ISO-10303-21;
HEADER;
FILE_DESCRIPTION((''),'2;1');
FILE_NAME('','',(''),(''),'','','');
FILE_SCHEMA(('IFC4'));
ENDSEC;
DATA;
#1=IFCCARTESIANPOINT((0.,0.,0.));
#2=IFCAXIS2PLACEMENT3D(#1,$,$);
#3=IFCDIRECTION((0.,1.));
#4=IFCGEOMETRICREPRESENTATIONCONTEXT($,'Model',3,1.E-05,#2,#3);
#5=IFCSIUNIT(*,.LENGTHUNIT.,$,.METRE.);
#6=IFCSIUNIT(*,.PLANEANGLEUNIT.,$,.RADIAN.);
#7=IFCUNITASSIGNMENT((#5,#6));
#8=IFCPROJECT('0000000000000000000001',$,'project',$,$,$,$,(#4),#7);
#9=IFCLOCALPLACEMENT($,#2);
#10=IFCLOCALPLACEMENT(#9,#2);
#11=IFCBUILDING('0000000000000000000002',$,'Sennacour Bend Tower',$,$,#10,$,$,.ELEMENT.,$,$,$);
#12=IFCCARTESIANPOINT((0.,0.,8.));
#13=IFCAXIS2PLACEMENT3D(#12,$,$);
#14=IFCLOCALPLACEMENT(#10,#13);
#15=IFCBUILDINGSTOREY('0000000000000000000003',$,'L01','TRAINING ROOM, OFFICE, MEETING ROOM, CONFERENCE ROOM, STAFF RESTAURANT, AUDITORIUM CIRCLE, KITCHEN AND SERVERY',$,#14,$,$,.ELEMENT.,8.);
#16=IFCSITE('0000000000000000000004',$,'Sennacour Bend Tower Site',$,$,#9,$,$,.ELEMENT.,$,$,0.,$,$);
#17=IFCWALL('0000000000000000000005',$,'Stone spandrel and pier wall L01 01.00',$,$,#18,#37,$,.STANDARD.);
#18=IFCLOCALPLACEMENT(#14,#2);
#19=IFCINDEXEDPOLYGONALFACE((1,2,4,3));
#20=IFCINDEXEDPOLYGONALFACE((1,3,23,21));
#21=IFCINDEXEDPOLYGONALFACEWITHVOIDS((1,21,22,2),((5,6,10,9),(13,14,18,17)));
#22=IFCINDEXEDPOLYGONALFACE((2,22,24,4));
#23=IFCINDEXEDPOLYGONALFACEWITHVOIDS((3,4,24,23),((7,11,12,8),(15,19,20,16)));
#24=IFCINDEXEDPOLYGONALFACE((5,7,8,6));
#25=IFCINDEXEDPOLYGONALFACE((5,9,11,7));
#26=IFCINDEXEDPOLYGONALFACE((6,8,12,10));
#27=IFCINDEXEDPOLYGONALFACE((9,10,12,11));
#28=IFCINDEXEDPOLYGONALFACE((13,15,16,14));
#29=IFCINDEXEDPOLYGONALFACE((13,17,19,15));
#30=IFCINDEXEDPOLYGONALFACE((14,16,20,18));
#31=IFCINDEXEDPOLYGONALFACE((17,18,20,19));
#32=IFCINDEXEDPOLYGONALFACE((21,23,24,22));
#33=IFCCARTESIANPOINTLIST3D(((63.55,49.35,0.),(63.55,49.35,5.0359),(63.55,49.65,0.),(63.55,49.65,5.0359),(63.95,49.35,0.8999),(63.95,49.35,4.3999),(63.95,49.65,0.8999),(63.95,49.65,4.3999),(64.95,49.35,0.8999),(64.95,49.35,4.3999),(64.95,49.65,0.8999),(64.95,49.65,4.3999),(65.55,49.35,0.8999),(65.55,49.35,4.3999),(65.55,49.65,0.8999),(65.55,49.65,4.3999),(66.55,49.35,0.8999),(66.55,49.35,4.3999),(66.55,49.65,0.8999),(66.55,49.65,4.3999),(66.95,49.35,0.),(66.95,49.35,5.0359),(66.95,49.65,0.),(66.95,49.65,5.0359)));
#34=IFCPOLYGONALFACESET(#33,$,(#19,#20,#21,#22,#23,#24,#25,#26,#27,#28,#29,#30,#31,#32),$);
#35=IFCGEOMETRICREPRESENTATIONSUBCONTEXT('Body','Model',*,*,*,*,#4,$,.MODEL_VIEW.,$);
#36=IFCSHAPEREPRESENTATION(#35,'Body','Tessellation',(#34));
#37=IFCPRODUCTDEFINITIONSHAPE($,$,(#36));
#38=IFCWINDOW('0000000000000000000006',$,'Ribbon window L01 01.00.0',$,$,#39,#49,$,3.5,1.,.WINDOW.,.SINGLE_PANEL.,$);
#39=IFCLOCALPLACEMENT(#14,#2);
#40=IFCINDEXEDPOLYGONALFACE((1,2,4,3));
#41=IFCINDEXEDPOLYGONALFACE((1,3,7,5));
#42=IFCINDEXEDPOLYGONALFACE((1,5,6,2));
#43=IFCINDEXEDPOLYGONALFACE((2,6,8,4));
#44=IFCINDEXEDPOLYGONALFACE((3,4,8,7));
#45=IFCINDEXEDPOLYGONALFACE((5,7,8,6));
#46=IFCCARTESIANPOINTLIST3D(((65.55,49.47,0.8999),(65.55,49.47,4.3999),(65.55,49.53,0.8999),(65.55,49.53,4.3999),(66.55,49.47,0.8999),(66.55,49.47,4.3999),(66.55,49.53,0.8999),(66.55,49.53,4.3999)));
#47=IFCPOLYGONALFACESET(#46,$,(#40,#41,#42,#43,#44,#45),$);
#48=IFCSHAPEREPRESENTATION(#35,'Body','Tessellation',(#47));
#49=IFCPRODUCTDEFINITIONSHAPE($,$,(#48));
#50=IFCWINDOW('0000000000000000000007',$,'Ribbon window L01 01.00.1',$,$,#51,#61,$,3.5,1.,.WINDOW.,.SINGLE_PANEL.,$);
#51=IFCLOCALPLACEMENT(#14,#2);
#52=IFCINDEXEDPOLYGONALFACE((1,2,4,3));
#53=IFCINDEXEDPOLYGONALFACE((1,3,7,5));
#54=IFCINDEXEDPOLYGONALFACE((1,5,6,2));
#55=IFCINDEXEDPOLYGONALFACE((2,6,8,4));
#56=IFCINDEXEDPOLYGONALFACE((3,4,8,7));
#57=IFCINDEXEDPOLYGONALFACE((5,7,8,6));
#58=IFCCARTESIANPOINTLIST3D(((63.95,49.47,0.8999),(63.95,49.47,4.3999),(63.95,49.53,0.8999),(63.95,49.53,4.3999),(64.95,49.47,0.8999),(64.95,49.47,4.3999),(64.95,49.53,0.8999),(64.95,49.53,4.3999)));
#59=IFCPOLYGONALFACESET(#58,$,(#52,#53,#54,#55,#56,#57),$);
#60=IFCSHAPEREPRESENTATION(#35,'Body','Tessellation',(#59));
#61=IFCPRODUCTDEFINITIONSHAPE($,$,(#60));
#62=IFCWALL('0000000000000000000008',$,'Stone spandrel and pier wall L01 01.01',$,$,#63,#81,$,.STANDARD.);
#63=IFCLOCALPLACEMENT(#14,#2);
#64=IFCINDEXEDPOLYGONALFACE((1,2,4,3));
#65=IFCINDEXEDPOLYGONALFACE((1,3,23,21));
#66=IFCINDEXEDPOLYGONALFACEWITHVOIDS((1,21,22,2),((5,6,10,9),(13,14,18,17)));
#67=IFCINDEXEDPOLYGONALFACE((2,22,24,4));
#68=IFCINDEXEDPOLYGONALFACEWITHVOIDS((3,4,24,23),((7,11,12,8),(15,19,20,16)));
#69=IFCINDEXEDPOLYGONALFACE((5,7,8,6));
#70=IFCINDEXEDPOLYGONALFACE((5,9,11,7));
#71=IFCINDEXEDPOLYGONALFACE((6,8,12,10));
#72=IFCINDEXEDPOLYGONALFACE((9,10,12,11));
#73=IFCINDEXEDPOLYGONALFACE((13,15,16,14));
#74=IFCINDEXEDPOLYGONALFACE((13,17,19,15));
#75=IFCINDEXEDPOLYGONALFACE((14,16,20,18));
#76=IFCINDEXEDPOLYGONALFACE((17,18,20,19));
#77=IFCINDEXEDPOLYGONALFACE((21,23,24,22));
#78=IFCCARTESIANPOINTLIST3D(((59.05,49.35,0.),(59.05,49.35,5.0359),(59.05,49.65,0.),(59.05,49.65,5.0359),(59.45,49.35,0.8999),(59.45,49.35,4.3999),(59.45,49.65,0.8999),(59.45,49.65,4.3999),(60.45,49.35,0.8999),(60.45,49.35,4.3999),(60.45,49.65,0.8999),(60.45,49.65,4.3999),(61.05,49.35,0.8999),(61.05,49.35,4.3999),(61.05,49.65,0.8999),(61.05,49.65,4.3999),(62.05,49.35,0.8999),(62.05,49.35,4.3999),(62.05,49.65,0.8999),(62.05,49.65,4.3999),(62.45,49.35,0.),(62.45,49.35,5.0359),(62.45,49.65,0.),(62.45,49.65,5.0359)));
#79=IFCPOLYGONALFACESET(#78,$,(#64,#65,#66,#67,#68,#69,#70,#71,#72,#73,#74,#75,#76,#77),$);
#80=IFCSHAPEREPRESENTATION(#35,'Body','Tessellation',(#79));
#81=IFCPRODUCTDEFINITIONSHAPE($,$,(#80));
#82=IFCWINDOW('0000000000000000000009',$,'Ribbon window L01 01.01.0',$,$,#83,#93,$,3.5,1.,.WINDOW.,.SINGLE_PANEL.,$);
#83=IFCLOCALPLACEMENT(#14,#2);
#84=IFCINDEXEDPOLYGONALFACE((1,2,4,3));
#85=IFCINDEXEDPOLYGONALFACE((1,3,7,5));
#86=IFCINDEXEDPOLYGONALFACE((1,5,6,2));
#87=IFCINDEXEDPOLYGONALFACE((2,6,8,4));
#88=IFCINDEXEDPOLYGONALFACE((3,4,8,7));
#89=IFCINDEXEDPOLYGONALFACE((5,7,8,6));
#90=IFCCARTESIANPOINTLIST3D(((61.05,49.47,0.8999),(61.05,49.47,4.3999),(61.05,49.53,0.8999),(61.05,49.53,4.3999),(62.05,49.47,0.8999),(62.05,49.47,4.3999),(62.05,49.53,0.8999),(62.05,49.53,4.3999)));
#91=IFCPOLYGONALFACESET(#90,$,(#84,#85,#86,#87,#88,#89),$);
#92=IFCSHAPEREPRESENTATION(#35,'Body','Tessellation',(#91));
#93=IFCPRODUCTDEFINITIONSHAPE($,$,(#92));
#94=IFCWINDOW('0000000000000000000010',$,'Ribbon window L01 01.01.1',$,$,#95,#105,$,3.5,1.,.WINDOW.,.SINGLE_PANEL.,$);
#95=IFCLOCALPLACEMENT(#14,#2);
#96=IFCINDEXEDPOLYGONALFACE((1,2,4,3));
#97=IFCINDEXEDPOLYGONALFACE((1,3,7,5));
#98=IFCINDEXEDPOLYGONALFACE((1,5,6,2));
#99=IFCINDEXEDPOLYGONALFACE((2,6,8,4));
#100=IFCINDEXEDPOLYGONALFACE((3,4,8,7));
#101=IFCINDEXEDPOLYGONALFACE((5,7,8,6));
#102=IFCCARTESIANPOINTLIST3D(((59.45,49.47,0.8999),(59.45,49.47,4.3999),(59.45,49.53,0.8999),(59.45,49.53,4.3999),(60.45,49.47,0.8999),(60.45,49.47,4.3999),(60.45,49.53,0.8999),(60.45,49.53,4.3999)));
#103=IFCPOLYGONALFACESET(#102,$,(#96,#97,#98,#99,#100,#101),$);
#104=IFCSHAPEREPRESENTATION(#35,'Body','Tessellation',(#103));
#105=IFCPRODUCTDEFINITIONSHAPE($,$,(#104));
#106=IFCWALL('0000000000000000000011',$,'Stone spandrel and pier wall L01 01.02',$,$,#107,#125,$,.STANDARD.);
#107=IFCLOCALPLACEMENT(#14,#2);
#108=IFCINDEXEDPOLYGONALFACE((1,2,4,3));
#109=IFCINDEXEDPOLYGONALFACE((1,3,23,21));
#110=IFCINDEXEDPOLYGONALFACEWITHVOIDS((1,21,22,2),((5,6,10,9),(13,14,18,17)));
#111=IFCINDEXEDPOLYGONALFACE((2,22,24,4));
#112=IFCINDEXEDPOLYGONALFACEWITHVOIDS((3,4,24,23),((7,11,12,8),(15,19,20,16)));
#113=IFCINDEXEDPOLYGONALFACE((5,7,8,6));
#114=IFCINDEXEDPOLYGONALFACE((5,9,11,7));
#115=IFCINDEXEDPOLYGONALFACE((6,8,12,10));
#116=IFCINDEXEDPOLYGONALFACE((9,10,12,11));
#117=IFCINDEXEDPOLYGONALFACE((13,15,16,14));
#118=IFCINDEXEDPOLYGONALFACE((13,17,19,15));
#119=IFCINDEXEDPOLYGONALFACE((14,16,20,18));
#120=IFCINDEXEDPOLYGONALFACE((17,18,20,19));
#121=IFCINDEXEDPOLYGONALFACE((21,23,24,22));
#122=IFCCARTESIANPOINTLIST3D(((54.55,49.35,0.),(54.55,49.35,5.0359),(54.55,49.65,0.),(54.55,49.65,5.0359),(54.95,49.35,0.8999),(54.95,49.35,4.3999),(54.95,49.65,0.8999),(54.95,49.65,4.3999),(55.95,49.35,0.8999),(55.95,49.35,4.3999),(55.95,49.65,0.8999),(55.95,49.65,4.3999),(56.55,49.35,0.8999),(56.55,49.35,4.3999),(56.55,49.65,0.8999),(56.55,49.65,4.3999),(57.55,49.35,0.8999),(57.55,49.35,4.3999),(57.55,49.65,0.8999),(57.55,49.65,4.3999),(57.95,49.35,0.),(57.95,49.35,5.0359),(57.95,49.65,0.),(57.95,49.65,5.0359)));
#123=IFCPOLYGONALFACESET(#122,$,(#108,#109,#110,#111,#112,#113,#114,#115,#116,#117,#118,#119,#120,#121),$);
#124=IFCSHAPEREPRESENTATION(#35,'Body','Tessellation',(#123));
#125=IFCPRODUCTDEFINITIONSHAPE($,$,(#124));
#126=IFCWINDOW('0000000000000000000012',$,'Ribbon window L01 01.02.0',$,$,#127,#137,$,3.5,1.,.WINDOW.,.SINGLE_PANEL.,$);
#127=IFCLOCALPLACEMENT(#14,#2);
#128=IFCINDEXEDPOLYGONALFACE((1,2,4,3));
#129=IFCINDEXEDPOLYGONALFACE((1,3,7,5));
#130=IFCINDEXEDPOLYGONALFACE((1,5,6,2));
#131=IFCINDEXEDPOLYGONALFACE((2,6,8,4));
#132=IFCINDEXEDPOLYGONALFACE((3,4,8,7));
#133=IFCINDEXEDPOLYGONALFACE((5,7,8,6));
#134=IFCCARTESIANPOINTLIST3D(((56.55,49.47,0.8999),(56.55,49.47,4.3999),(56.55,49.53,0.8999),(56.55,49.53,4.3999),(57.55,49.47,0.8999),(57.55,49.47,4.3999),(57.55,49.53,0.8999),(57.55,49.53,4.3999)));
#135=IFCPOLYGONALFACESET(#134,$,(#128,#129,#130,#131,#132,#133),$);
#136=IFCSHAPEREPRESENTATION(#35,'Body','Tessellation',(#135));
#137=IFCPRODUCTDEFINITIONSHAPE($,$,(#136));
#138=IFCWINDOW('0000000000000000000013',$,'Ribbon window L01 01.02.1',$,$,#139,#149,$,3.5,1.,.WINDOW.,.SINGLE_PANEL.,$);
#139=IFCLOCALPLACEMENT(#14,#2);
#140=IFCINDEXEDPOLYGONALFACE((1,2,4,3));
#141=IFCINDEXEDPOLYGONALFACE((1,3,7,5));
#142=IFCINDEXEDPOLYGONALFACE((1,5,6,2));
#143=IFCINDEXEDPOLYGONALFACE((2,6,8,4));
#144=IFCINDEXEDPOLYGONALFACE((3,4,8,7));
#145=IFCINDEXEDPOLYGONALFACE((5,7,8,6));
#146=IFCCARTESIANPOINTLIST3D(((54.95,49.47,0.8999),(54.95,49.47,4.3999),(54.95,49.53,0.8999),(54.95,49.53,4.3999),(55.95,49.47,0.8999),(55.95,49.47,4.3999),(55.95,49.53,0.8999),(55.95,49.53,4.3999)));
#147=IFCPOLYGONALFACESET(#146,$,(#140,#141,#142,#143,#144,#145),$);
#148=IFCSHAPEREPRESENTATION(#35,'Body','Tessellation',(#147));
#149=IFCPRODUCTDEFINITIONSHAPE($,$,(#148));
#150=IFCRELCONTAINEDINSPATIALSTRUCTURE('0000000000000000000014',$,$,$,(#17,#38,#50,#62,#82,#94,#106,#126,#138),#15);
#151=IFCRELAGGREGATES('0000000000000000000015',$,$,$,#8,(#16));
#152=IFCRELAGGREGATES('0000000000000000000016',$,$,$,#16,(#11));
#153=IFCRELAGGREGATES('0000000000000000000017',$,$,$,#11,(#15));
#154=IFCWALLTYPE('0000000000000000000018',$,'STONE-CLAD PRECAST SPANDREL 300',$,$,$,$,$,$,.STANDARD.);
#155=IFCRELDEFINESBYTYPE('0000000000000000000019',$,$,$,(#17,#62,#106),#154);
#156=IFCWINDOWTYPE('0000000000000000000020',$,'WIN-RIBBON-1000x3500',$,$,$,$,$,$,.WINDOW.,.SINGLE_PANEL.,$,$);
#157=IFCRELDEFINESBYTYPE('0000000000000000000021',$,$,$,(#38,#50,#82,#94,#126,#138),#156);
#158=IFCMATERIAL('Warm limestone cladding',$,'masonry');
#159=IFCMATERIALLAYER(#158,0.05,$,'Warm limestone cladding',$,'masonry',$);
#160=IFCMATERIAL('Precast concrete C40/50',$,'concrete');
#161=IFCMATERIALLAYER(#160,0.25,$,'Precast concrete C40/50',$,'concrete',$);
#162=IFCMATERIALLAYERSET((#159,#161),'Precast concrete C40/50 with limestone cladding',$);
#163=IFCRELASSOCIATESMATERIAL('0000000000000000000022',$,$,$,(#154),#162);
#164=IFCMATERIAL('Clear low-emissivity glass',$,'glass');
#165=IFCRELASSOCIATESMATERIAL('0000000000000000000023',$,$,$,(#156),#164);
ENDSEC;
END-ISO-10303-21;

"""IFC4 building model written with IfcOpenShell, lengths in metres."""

from ifc_helpers import new_model, si_unit, direction, frame, frame_2d, origin, place, context, subcontext, project, spatial, rectangle, extrude, material, layer, layer_set, type_object, element, fill, save


model = new_model("IFC4")

# Units and contexts
model_context = context("Model", 3, precision=1e-05, world=origin(), true_north=direction((0.0, 1.0)))
body_context = subcontext(model_context, "Body", "Model", "MODEL_VIEW")
ifc_project = project(units=[si_unit("LENGTHUNIT", "METRE"), si_unit("PLANEANGLEUNIT", "RADIAN")], contexts=[model_context])

# Site, building, storey
site_placement = place(None, origin())
site = spatial("IfcSite", under=ifc_project, at=site_placement, Name="Sennacour Bend Tower Site", CompositionType="ELEMENT", RefElevation=0.0)
building_placement = place(site_placement, origin())
building = spatial("IfcBuilding", under=site, at=building_placement, Name="Sennacour Bend Tower", CompositionType="ELEMENT")
storey_placement = place(building_placement, frame((0.0, 0.0, 8.0)))
storey = spatial("IfcBuildingStorey", under=building, at=storey_placement, Name="L01", Description="TRAINING ROOM, OFFICE, MEETING ROOM, CONFERENCE ROOM, STAFF RESTAURANT, AUDITORIUM CIRCLE, KITCHEN AND SERVERY", CompositionType="ELEMENT", Elevation=8.0)

# Walls, openings, windows
ifc_material_1 = material(Name="Warm limestone cladding", Category="masonry")
ifc_layer_1 = layer(ifc_material_1, 0.05, Name="Warm limestone cladding", Category="masonry")
ifc_material_2 = material(Name="Precast concrete C40/50", Category="concrete")
ifc_layer_2 = layer(ifc_material_2, 0.25, Name="Precast concrete C40/50", Category="concrete")
ifc_layer_set_1 = layer_set([ifc_layer_1, ifc_layer_2], Name="Precast concrete C40/50 with limestone cladding")
wall_type_1 = type_object("IfcWallType", Name="STONE-CLAD PRECAST SPANDREL 300", PredefinedType="STANDARD", material=ifc_layer_set_1)
wall_1_placement = place(storey_placement, frame((66.95, 49.5, 0.0), z_axis=(0.0, 0.0, 1.0), x_axis=(-1.0, 0.0, 0.0)))
wall_1 = element("IfcWall", 1, at=wall_1_placement, inside=storey, type_object=wall_type_1, Name="Stone spandrel and pier wall L01 01.00", PredefinedType="STANDARD", context=body_context, shape_type="SweptSolid", body=[
    extrude(rectangle(XDim=3.3999, YDim=0.3, at=frame_2d((1.7, 0.0))), origin(), (0.0, 0.0, 1.0), 5.0359),
])
opening_1_placement = place(wall_1_placement, frame((0.3999, 0.0, 0.8999)))
opening_1 = element("IfcOpeningElement", 2, at=opening_1_placement, cuts=wall_1, PredefinedType="OPENING", context=body_context, shape_type="SweptSolid", body=[
    extrude(rectangle(XDim=1.0, YDim=3.5, at=frame_2d((0.5, 1.75))), frame((0.0, 0.1602, 0.0), z_axis=(0.0, -1.0, 0.0), x_axis=(1.0, 0.0, 0.0)), (0.0, 0.0, 1.0), 0.3201),
])
opening_2_placement = place(wall_1_placement, frame((2.0, 0.0, 0.8999)))
opening_2 = element("IfcOpeningElement", 3, at=opening_2_placement, cuts=wall_1, PredefinedType="OPENING", context=body_context, shape_type="SweptSolid", body=[
    extrude(rectangle(XDim=1.0, YDim=3.5, at=frame_2d((0.5, 1.75))), frame((0.0, 0.1602, 0.0), z_axis=(0.0, -1.0, 0.0), x_axis=(1.0, 0.0, 0.0)), (0.0, 0.0, 1.0), 0.3201),
])
ifc_material_3 = material(Name="Clear low-emissivity glass", Category="glass")
window_type = type_object("IfcWindowType", Name="WIN-RIBBON-1000x3500", PartitioningType="SINGLE_PANEL", PredefinedType="WINDOW", material=ifc_material_3)
window_1_placement = place(opening_1_placement, origin())
window_1 = element("IfcWindow", 4, at=window_1_placement, inside=storey, type_object=window_type, Name="Ribbon window L01 01.00.0", OverallHeight=3.5, OverallWidth=1.0, PartitioningType="SINGLE_PANEL", PredefinedType="WINDOW", context=body_context, shape_type="SweptSolid", body=[
    extrude(rectangle(XDim=1.0, YDim=3.5, at=frame_2d((0.5, 1.75))), frame((0.0, 0.03, 0.0), z_axis=(0.0, -1.0, 0.0), x_axis=(1.0, 0.0, 0.0)), (0.0, 0.0, 1.0), 0.0601),
])
fill(opening_1, window_1)
window_2_placement = place(opening_2_placement, origin())
window_2 = element("IfcWindow", 5, at=window_2_placement, inside=storey, type_object=window_type, Name="Ribbon window L01 01.00.1", OverallHeight=3.5, OverallWidth=1.0, PartitioningType="SINGLE_PANEL", PredefinedType="WINDOW", context=body_context, shape_type="SweptSolid", body=[
    extrude(rectangle(XDim=1.0, YDim=3.5, at=frame_2d((0.5, 1.75))), frame((0.0, 0.03, 0.0), z_axis=(0.0, -1.0, 0.0), x_axis=(1.0, 0.0, 0.0)), (0.0, 0.0, 1.0), 0.0601),
])
fill(opening_2, window_2)
wall_2_placement = place(storey_placement, frame((62.45, 49.5, 0.0), z_axis=(0.0, 0.0, 1.0), x_axis=(-1.0, 0.0, 0.0)))
wall_2 = element("IfcWall", 6, at=wall_2_placement, inside=storey, type_object=wall_type_1, Name="Stone spandrel and pier wall L01 01.01", PredefinedType="STANDARD", context=body_context, shape_type="SweptSolid", body=[
    extrude(rectangle(XDim=3.3999, YDim=0.3, at=frame_2d((1.7, 0.0))), origin(), (0.0, 0.0, 1.0), 5.0359),
])
opening_3_placement = place(wall_2_placement, frame((0.3999, 0.0, 0.8999)))
opening_3 = element("IfcOpeningElement", 7, at=opening_3_placement, cuts=wall_2, PredefinedType="OPENING", context=body_context, shape_type="SweptSolid", body=[
    extrude(rectangle(XDim=1.0, YDim=3.5, at=frame_2d((0.5, 1.75))), frame((0.0, 0.1602, 0.0), z_axis=(0.0, -1.0, 0.0), x_axis=(1.0, 0.0, 0.0)), (0.0, 0.0, 1.0), 0.3201),
])
opening_4_placement = place(wall_2_placement, frame((2.0, 0.0, 0.8999)))
opening_4 = element("IfcOpeningElement", 8, at=opening_4_placement, cuts=wall_2, PredefinedType="OPENING", context=body_context, shape_type="SweptSolid", body=[
    extrude(rectangle(XDim=1.0, YDim=3.5, at=frame_2d((0.5, 1.75))), frame((0.0, 0.1602, 0.0), z_axis=(0.0, -1.0, 0.0), x_axis=(1.0, 0.0, 0.0)), (0.0, 0.0, 1.0), 0.3201),
])
window_3_placement = place(opening_3_placement, origin())
window_3 = element("IfcWindow", 9, at=window_3_placement, inside=storey, type_object=window_type, Name="Ribbon window L01 01.01.0", OverallHeight=3.5, OverallWidth=1.0, PartitioningType="SINGLE_PANEL", PredefinedType="WINDOW", context=body_context, shape_type="SweptSolid", body=[
    extrude(rectangle(XDim=1.0, YDim=3.5, at=frame_2d((0.5, 1.75))), frame((0.0, 0.03, 0.0), z_axis=(0.0, -1.0, 0.0), x_axis=(1.0, 0.0, 0.0)), (0.0, 0.0, 1.0), 0.0601),
])
fill(opening_3, window_3)
window_4_placement = place(opening_4_placement, origin())
window_4 = element("IfcWindow", 10, at=window_4_placement, inside=storey, type_object=window_type, Name="Ribbon window L01 01.01.1", OverallHeight=3.5, OverallWidth=1.0, PartitioningType="SINGLE_PANEL", PredefinedType="WINDOW", context=body_context, shape_type="SweptSolid", body=[
    extrude(rectangle(XDim=1.0, YDim=3.5, at=frame_2d((0.5, 1.75))), frame((0.0, 0.03, 0.0), z_axis=(0.0, -1.0, 0.0), x_axis=(1.0, 0.0, 0.0)), (0.0, 0.0, 1.0), 0.0601),
])
fill(opening_4, window_4)
wall_3_placement = place(storey_placement, frame((57.95, 49.5, 0.0), z_axis=(0.0, 0.0, 1.0), x_axis=(-1.0, 0.0, 0.0)))
wall_3 = element("IfcWall", 11, at=wall_3_placement, inside=storey, type_object=wall_type_1, Name="Stone spandrel and pier wall L01 01.02", PredefinedType="STANDARD", context=body_context, shape_type="SweptSolid", body=[
    extrude(rectangle(XDim=3.3999, YDim=0.3, at=frame_2d((1.7, 0.0))), origin(), (0.0, 0.0, 1.0), 5.0359),
])
opening_5_placement = place(wall_3_placement, frame((0.3999, 0.0, 0.8999)))
opening_5 = element("IfcOpeningElement", 12, at=opening_5_placement, cuts=wall_3, PredefinedType="OPENING", context=body_context, shape_type="SweptSolid", body=[
    extrude(rectangle(XDim=1.0, YDim=3.5, at=frame_2d((0.5, 1.75))), frame((0.0, 0.1602, 0.0), z_axis=(0.0, -1.0, 0.0), x_axis=(1.0, 0.0, 0.0)), (0.0, 0.0, 1.0), 0.3201),
])
opening_6_placement = place(wall_3_placement, frame((2.0, 0.0, 0.8999)))
opening_6 = element("IfcOpeningElement", 13, at=opening_6_placement, cuts=wall_3, PredefinedType="OPENING", context=body_context, shape_type="SweptSolid", body=[
    extrude(rectangle(XDim=1.0, YDim=3.5, at=frame_2d((0.5, 1.75))), frame((0.0, 0.1602, 0.0), z_axis=(0.0, -1.0, 0.0), x_axis=(1.0, 0.0, 0.0)), (0.0, 0.0, 1.0), 0.3201),
])
window_5_placement = place(opening_5_placement, origin())
window_5 = element("IfcWindow", 14, at=window_5_placement, inside=storey, type_object=window_type, Name="Ribbon window L01 01.02.0", OverallHeight=3.5, OverallWidth=1.0, PartitioningType="SINGLE_PANEL", PredefinedType="WINDOW", context=body_context, shape_type="SweptSolid", body=[
    extrude(rectangle(XDim=1.0, YDim=3.5, at=frame_2d((0.5, 1.75))), frame((0.0, 0.03, 0.0), z_axis=(0.0, -1.0, 0.0), x_axis=(1.0, 0.0, 0.0)), (0.0, 0.0, 1.0), 0.0601),
])
fill(opening_5, window_5)
window_6_placement = place(opening_6_placement, origin())
window_6 = element("IfcWindow", 15, at=window_6_placement, inside=storey, type_object=window_type, Name="Ribbon window L01 01.02.1", OverallHeight=3.5, OverallWidth=1.0, PartitioningType="SINGLE_PANEL", PredefinedType="WINDOW", context=body_context, shape_type="SweptSolid", body=[
    extrude(rectangle(XDim=1.0, YDim=3.5, at=frame_2d((0.5, 1.75))), frame((0.0, 0.03, 0.0), z_axis=(0.0, -1.0, 0.0), x_axis=(1.0, 0.0, 0.0)), (0.0, 0.0, 1.0), 0.0601),
])
fill(opening_6, window_6)

save(model, "model.ifc")
